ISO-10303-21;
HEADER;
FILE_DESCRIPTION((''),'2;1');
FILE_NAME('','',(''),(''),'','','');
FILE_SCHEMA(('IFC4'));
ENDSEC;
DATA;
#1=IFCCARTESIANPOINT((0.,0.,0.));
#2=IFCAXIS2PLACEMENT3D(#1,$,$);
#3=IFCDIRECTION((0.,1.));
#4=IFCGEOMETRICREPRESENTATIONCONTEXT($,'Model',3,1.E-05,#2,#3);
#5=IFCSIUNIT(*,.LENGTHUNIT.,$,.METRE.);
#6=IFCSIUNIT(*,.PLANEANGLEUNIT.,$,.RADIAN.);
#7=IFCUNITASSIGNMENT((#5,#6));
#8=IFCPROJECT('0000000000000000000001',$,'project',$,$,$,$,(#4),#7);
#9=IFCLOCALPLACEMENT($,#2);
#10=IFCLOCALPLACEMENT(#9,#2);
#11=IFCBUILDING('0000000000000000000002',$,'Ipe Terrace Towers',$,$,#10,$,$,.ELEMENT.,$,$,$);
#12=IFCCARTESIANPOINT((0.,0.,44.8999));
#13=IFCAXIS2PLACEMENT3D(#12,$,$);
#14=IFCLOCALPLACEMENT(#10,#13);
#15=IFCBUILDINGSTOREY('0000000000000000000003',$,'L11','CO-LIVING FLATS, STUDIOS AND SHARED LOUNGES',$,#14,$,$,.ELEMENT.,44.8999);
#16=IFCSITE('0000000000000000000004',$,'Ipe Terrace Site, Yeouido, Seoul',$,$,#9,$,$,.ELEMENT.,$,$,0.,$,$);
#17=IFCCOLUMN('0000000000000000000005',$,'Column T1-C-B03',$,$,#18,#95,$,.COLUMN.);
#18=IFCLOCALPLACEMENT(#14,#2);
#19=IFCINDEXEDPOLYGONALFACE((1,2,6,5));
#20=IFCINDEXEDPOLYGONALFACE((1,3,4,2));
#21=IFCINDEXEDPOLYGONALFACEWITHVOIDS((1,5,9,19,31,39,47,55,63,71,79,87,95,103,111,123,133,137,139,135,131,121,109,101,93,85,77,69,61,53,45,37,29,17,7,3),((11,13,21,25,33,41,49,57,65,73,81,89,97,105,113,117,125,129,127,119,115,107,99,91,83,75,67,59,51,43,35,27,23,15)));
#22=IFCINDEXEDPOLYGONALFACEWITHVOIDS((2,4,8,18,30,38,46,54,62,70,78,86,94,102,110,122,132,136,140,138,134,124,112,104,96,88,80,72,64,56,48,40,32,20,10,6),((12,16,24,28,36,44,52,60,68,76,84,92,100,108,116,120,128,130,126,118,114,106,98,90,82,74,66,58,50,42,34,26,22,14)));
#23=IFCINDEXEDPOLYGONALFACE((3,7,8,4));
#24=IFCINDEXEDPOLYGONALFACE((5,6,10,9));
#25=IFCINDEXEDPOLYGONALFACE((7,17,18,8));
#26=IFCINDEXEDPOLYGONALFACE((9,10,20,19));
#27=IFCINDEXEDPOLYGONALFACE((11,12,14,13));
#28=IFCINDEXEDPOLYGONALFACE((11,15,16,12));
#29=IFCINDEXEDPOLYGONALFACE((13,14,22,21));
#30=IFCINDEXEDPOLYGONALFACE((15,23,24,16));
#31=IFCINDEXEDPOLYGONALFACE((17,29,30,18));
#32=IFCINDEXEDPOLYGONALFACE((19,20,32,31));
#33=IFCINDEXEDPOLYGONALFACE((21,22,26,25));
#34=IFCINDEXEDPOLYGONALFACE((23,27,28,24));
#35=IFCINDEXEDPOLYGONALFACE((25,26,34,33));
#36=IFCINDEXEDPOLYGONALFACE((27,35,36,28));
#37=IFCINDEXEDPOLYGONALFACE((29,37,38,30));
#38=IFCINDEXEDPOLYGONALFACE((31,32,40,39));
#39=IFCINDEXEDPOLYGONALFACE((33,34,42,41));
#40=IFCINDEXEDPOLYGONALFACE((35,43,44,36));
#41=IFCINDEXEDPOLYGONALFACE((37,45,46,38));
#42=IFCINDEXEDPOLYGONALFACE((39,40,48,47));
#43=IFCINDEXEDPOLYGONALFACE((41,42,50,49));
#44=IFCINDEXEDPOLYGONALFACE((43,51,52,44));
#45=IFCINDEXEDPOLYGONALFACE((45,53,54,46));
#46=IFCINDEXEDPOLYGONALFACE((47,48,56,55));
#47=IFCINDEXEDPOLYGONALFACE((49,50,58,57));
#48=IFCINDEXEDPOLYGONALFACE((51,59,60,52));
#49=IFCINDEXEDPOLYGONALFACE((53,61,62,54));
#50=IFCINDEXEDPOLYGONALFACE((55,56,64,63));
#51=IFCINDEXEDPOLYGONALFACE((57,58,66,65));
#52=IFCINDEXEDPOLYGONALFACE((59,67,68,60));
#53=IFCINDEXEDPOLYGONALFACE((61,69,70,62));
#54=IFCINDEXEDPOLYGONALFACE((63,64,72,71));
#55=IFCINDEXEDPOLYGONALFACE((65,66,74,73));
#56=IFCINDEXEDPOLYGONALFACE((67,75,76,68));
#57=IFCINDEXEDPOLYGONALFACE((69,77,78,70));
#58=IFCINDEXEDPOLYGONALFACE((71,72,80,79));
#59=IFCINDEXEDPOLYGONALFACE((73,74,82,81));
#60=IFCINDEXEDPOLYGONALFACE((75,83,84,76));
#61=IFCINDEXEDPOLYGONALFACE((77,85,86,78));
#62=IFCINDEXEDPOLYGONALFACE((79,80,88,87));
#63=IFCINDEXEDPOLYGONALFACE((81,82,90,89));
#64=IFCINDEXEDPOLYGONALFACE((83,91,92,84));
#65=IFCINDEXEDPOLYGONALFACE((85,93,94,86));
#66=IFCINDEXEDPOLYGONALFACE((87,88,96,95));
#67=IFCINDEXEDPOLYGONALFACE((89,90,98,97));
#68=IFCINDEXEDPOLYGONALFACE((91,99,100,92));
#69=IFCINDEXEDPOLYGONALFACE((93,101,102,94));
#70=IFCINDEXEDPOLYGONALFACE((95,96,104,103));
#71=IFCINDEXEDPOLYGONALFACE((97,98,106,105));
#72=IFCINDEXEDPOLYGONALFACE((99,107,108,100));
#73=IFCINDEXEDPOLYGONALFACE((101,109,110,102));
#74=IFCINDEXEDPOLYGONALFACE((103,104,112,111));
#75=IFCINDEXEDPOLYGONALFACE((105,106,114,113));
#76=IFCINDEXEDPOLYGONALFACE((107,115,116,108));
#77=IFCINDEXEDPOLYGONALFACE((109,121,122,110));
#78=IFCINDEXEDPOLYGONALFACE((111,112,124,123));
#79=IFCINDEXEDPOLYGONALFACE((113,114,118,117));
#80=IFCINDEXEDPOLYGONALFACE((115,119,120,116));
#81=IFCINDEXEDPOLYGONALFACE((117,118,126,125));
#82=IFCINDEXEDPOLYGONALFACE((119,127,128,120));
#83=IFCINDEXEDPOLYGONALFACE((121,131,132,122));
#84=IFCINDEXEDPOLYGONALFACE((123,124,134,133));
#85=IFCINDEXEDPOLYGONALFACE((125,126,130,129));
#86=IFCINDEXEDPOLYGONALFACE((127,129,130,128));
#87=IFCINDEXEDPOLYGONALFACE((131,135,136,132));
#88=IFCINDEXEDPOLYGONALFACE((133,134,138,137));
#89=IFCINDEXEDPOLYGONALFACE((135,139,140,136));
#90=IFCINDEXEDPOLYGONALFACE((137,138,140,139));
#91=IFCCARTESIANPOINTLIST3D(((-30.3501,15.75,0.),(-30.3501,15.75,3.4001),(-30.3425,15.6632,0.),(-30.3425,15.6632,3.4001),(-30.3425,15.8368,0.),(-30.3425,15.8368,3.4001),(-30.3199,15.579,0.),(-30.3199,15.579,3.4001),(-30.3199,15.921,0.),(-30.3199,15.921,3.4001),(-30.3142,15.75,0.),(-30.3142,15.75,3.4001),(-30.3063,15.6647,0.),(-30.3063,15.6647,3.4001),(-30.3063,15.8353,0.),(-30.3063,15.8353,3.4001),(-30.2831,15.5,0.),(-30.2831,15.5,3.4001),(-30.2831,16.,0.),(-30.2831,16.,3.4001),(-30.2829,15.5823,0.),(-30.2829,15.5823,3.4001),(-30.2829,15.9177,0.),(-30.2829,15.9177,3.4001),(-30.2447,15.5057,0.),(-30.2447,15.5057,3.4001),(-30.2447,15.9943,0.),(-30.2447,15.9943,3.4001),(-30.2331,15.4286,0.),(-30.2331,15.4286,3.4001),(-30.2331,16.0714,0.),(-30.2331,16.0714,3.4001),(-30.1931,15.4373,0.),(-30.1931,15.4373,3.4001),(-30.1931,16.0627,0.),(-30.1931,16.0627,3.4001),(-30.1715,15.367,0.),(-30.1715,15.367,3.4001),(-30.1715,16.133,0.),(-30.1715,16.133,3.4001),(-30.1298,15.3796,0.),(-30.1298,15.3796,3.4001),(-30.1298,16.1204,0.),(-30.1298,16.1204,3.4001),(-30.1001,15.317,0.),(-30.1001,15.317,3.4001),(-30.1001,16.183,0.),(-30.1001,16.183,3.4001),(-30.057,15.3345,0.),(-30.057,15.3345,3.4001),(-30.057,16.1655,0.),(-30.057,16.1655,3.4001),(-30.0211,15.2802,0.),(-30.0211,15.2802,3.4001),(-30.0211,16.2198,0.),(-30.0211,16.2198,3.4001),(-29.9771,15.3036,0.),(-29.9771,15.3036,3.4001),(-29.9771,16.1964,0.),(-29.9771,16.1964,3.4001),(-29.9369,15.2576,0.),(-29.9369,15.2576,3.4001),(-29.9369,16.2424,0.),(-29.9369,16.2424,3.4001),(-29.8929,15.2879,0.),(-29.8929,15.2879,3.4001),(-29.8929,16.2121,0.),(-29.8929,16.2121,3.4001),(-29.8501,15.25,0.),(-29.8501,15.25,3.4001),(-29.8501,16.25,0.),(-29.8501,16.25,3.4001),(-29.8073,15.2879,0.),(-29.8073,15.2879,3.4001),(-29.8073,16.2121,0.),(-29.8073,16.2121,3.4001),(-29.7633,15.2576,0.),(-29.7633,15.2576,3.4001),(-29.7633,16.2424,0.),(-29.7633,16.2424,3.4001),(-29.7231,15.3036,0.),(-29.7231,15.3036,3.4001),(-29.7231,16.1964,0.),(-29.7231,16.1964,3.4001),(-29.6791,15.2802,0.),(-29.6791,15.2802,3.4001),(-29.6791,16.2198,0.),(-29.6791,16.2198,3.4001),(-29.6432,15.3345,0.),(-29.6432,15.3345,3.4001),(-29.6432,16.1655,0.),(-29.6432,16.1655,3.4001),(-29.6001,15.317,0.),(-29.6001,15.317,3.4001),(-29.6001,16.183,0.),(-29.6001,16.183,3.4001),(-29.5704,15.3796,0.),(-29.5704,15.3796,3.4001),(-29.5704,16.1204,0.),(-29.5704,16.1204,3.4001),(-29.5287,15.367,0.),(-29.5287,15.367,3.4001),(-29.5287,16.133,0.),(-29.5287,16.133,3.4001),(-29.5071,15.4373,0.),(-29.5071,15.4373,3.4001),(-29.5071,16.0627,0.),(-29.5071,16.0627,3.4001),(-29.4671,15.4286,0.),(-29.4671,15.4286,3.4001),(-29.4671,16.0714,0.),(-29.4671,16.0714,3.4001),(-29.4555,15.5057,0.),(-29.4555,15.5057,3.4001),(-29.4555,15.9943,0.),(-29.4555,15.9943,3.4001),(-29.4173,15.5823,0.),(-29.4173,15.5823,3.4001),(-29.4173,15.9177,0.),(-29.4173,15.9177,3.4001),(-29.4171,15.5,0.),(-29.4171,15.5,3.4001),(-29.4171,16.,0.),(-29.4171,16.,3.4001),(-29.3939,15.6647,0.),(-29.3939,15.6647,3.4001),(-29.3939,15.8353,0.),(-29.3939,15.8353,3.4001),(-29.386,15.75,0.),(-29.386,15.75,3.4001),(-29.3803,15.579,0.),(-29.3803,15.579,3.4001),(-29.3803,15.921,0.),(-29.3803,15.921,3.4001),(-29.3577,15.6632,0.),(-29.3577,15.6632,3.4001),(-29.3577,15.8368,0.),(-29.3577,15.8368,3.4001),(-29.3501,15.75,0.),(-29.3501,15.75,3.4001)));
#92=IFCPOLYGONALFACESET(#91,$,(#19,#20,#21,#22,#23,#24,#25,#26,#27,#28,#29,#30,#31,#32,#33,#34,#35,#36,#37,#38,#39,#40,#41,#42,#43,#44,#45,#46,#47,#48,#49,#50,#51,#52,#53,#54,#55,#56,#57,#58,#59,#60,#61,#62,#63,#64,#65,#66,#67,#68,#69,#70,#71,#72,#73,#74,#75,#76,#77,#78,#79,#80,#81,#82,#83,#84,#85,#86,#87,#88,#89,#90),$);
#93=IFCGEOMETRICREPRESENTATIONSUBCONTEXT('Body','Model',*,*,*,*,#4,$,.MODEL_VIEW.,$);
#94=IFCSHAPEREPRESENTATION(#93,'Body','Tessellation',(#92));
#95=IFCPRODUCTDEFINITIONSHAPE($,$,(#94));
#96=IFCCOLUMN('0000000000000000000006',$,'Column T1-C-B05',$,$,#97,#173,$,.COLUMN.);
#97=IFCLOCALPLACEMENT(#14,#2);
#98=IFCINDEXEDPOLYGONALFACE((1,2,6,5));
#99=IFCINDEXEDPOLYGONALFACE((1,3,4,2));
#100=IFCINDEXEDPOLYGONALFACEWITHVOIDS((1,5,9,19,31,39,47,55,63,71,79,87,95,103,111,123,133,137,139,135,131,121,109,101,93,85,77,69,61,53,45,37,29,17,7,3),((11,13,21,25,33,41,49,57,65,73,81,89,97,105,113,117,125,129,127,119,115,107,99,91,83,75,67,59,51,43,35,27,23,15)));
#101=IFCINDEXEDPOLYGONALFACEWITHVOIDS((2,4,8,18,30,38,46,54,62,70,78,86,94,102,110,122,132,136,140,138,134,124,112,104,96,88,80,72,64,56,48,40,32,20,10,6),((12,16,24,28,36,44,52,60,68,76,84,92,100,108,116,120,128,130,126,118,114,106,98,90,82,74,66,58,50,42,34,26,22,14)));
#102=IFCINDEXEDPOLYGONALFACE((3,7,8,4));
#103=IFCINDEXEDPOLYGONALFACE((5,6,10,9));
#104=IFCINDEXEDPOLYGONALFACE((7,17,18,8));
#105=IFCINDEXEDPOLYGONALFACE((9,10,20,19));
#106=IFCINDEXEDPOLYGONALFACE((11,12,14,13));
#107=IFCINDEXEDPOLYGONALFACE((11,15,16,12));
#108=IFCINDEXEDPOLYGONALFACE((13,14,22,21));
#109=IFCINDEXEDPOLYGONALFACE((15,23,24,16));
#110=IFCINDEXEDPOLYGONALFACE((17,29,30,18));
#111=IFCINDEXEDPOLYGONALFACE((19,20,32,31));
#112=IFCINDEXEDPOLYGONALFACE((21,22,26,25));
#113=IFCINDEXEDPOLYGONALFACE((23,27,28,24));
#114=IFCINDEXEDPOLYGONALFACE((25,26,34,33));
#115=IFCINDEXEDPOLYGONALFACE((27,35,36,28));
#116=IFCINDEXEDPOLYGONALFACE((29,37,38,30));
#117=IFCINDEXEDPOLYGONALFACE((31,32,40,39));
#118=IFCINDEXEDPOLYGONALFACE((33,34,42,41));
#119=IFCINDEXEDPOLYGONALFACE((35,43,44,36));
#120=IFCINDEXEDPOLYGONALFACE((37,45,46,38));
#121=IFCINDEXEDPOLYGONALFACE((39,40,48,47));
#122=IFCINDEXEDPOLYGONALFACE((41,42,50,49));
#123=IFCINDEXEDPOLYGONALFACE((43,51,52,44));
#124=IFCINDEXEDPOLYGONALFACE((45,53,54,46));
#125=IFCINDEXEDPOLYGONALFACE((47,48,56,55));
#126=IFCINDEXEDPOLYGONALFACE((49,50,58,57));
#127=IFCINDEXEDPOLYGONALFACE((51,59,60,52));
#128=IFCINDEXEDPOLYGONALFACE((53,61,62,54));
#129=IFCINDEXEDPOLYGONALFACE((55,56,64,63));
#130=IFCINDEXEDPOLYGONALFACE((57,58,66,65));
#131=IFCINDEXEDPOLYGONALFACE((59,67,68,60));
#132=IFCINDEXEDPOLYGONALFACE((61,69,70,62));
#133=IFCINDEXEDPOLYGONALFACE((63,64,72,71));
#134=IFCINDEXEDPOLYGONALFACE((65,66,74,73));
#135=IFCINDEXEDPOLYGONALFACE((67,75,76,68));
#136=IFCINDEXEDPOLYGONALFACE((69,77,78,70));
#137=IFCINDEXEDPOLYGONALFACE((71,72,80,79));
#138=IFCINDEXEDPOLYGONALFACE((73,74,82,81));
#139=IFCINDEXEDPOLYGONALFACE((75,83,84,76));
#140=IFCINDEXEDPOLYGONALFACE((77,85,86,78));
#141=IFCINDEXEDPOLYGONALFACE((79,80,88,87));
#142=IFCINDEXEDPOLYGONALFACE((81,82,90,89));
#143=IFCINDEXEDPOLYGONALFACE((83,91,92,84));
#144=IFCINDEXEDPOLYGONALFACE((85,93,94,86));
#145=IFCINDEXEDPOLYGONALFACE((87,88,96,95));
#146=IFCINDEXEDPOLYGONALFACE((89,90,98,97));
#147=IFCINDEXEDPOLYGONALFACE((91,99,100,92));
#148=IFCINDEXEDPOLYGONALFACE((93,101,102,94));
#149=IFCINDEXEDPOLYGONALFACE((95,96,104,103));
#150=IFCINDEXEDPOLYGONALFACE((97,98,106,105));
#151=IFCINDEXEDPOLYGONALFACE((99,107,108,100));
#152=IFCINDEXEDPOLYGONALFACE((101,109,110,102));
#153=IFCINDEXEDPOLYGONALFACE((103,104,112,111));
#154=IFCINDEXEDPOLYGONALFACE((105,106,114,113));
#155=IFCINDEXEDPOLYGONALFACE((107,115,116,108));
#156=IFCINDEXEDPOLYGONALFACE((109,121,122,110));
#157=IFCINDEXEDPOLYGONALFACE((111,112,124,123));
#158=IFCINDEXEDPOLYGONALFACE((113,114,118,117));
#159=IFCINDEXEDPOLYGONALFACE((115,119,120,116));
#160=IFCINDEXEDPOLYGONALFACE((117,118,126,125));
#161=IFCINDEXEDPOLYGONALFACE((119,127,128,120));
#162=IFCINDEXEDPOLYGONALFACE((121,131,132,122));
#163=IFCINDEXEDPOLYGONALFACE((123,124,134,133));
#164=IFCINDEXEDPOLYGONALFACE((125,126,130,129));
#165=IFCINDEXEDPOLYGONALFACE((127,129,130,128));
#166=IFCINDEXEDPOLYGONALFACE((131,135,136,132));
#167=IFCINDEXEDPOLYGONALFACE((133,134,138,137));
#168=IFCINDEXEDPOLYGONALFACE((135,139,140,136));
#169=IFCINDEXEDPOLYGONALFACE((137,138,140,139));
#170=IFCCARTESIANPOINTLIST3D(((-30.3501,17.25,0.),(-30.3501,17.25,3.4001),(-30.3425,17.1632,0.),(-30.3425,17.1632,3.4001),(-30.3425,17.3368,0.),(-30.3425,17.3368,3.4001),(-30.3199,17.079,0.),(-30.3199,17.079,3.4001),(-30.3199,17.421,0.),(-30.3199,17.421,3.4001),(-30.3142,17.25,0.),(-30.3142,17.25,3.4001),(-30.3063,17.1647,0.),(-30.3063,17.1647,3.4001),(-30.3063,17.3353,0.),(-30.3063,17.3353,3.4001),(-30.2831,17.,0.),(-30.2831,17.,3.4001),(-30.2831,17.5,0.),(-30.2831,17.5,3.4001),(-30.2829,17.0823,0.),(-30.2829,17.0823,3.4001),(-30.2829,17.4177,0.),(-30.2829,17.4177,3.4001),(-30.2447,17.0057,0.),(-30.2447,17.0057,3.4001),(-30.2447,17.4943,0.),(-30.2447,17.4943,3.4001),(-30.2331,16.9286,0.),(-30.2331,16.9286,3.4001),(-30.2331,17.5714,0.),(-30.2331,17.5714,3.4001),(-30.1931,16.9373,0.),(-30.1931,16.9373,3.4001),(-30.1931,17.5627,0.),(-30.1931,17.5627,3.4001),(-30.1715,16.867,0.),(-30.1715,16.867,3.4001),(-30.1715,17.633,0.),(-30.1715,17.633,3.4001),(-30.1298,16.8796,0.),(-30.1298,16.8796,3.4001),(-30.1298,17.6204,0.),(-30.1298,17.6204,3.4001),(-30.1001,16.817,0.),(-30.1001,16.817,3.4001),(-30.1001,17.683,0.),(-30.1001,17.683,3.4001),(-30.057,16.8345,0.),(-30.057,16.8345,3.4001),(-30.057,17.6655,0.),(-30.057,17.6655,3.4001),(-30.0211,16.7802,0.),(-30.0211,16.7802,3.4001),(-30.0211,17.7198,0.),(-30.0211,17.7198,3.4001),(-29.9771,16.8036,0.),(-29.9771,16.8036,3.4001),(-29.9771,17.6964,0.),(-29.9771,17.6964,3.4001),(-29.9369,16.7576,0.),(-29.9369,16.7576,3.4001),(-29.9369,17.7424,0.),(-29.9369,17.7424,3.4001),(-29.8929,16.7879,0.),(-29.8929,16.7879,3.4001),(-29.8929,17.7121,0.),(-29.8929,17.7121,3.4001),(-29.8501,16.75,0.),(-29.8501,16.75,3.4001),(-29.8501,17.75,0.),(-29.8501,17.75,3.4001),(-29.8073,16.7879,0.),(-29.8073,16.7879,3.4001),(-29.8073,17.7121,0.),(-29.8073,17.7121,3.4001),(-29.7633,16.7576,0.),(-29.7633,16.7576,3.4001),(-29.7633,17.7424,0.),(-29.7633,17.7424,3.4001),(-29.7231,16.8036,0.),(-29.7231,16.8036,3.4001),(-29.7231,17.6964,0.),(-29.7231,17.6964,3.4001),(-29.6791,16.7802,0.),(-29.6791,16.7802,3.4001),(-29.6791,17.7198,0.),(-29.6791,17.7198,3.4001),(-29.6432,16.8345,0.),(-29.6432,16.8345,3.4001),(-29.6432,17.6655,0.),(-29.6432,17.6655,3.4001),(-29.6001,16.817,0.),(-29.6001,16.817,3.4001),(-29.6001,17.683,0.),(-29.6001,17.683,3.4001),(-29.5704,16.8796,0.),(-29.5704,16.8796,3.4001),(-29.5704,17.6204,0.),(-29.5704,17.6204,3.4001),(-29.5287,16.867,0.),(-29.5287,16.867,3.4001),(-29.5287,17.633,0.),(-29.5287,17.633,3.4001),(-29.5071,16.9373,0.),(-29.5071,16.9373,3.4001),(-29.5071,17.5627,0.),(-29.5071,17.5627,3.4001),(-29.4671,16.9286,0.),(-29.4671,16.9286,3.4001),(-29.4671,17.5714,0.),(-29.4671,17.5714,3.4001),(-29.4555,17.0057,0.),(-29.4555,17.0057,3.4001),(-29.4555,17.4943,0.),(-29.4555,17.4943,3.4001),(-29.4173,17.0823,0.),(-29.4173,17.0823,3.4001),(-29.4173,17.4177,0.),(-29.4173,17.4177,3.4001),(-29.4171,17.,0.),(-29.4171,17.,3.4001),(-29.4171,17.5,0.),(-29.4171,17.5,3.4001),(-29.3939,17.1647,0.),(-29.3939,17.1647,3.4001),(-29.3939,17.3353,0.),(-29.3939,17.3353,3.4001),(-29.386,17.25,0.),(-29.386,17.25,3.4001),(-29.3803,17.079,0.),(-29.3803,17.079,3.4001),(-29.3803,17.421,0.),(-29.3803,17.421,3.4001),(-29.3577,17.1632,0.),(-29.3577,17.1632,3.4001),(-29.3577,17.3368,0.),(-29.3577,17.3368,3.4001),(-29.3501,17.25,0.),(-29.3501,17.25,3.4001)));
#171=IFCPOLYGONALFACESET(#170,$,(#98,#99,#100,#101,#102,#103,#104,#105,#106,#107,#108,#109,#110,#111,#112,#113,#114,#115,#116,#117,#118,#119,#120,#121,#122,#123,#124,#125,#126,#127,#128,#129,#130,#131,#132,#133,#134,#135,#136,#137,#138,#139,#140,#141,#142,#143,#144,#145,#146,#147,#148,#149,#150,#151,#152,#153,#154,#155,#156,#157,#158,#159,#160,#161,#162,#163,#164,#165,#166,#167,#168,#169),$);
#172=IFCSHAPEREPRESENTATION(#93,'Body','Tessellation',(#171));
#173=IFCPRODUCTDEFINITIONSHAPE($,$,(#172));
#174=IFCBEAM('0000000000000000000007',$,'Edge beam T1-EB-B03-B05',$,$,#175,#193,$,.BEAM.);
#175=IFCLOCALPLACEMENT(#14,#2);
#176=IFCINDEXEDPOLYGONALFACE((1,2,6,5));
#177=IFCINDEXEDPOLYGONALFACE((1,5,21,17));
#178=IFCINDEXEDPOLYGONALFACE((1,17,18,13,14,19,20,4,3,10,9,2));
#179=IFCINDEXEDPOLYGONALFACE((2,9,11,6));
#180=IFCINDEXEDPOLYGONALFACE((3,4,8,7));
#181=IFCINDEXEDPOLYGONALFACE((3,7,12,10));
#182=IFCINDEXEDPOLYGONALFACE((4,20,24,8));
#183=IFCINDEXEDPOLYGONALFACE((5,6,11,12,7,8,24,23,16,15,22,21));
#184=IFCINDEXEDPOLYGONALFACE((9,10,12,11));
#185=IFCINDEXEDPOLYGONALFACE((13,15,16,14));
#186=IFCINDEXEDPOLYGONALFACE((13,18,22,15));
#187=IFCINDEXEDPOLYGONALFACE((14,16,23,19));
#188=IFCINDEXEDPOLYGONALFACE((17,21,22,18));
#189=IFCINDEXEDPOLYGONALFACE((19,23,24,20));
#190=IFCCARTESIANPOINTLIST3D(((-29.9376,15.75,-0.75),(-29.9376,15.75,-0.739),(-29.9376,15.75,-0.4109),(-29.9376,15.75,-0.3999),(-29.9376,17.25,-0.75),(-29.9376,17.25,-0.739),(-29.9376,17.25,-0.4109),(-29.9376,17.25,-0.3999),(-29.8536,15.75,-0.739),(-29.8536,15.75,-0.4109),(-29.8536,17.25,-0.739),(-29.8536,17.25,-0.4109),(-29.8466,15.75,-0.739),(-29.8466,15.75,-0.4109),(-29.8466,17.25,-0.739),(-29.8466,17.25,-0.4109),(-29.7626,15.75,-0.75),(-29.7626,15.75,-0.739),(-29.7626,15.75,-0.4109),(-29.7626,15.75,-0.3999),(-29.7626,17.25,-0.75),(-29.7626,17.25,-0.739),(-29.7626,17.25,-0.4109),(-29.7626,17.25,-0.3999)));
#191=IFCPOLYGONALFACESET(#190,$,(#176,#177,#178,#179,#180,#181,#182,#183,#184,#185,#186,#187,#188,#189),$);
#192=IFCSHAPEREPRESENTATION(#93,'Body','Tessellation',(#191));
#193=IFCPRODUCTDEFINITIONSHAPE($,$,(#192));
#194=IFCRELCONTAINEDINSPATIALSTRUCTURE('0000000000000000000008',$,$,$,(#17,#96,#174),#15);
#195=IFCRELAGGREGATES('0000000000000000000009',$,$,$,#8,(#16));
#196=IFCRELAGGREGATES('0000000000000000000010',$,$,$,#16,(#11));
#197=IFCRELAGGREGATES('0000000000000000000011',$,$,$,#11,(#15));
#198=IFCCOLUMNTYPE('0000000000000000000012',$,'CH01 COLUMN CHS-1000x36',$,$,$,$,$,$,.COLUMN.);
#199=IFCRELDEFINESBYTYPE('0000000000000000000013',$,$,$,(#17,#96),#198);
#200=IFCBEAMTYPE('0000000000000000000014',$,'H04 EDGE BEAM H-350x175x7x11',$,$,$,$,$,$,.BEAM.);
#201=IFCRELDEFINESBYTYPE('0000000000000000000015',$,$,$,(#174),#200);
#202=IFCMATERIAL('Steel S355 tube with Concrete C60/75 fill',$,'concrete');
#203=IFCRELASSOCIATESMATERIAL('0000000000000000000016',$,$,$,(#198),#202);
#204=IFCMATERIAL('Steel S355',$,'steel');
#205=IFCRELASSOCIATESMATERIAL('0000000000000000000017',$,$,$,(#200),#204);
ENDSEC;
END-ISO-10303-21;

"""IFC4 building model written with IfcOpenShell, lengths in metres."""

from ifc_helpers import new_model, si_unit, direction, frame, origin, origin_2d, place, context, subcontext, project, spatial, hollow_circle, i_section, extrude, material, material_profile, profile_set, type_object, element, save


model = new_model("IFC4")

# Units and contexts
model_context = context("Model", 3, precision=1e-05, world=origin(), true_north=direction((0.0, 1.0)))
body_context = subcontext(model_context, "Body", "Model", "MODEL_VIEW")
ifc_project = project(units=[si_unit("LENGTHUNIT", "METRE"), si_unit("PLANEANGLEUNIT", "RADIAN")], contexts=[model_context])

# Site, building, storey
site_placement = place(None, origin())
site = spatial("IfcSite", under=ifc_project, at=site_placement, Name="Ipe Terrace Site, Yeouido, Seoul", CompositionType="ELEMENT", RefElevation=0.0)
building_placement = place(site_placement, origin())
building = spatial("IfcBuilding", under=site, at=building_placement, Name="Ipe Terrace Towers", CompositionType="ELEMENT")
storey_placement = place(building_placement, frame((0.0, 0.0, 44.8999)))
storey = spatial("IfcBuildingStorey", under=building, at=storey_placement, Name="L11", Description="CO-LIVING FLATS, STUDIOS AND SHARED LOUNGES", CompositionType="ELEMENT", Elevation=44.8999)

# Columns
ifc_material_1 = material(Name="Steel S355 tube with Concrete C60/75 fill", Category="concrete")
ifc_material_profile_1 = material_profile(ifc_material_1, hollow_circle(Radius=0.5, WallThickness=0.0359, at=origin_2d()), Name="CHS-1000x36")
ifc_profile_set_1 = profile_set([ifc_material_profile_1], Name="Steel S355 tube with Concrete C60/75 fill")
column_type = type_object("IfcColumnType", Name="CH01 COLUMN CHS-1000x36", PredefinedType="COLUMN", material=ifc_profile_set_1)
for number, where, z_axis, x_axis, name in (
    (1, (-29.8501, 15.75, 0.0), (0.0, 0.0, 1.0), (1.0, 0.0, 0.0), "Column T1-C-B03"),
    (2, (-29.8501, 17.25, 0.0), (0.0, 0.0, 1.0), (1.0, 0.0, 0.0), "Column T1-C-B05"),
):
    element("IfcColumn", number, at=place(storey_placement, frame(where, z_axis=z_axis, x_axis=x_axis)), inside=storey, type_object=column_type, Name=name, PredefinedType="COLUMN", context=body_context, shape_type="SweptSolid", body=[
        extrude(hollow_circle(Radius=0.5, WallThickness=0.0359, at=origin_2d()), origin(), (0.0, 0.0, 1.0), 3.4001),
    ])

# Beam
ifc_material_2 = material(Name="Steel S355", Category="steel")
ifc_material_profile_2 = material_profile(ifc_material_2, i_section(OverallWidth=0.175, OverallDepth=0.3501, WebThickness=0.0071, FlangeThickness=0.011, at=origin_2d()), Name="H-350x175x7x11")
ifc_profile_set_2 = profile_set([ifc_material_profile_2], Name="Steel S355")
beam_type = type_object("IfcBeamType", Name="H04 EDGE BEAM H-350x175x7x11", PredefinedType="BEAM", material=ifc_profile_set_2)
beam_placement = place(storey_placement, frame((-29.8501, 15.75, -0.575), z_axis=(0.0, 1.0, 0.0), x_axis=(-1.0, 0.0, 0.0)))
element("IfcBeam", 3, at=beam_placement, inside=storey, type_object=beam_type, Name="Edge beam T1-EB-B03-B05", PredefinedType="BEAM", context=body_context, shape_type="SweptSolid", body=[
    extrude(i_section(OverallWidth=0.175, OverallDepth=0.3501, WebThickness=0.0071, FlangeThickness=0.011, at=origin_2d()), origin(), (0.0, 0.0, 1.0), 1.5),
])

save(model, "model.ifc")
